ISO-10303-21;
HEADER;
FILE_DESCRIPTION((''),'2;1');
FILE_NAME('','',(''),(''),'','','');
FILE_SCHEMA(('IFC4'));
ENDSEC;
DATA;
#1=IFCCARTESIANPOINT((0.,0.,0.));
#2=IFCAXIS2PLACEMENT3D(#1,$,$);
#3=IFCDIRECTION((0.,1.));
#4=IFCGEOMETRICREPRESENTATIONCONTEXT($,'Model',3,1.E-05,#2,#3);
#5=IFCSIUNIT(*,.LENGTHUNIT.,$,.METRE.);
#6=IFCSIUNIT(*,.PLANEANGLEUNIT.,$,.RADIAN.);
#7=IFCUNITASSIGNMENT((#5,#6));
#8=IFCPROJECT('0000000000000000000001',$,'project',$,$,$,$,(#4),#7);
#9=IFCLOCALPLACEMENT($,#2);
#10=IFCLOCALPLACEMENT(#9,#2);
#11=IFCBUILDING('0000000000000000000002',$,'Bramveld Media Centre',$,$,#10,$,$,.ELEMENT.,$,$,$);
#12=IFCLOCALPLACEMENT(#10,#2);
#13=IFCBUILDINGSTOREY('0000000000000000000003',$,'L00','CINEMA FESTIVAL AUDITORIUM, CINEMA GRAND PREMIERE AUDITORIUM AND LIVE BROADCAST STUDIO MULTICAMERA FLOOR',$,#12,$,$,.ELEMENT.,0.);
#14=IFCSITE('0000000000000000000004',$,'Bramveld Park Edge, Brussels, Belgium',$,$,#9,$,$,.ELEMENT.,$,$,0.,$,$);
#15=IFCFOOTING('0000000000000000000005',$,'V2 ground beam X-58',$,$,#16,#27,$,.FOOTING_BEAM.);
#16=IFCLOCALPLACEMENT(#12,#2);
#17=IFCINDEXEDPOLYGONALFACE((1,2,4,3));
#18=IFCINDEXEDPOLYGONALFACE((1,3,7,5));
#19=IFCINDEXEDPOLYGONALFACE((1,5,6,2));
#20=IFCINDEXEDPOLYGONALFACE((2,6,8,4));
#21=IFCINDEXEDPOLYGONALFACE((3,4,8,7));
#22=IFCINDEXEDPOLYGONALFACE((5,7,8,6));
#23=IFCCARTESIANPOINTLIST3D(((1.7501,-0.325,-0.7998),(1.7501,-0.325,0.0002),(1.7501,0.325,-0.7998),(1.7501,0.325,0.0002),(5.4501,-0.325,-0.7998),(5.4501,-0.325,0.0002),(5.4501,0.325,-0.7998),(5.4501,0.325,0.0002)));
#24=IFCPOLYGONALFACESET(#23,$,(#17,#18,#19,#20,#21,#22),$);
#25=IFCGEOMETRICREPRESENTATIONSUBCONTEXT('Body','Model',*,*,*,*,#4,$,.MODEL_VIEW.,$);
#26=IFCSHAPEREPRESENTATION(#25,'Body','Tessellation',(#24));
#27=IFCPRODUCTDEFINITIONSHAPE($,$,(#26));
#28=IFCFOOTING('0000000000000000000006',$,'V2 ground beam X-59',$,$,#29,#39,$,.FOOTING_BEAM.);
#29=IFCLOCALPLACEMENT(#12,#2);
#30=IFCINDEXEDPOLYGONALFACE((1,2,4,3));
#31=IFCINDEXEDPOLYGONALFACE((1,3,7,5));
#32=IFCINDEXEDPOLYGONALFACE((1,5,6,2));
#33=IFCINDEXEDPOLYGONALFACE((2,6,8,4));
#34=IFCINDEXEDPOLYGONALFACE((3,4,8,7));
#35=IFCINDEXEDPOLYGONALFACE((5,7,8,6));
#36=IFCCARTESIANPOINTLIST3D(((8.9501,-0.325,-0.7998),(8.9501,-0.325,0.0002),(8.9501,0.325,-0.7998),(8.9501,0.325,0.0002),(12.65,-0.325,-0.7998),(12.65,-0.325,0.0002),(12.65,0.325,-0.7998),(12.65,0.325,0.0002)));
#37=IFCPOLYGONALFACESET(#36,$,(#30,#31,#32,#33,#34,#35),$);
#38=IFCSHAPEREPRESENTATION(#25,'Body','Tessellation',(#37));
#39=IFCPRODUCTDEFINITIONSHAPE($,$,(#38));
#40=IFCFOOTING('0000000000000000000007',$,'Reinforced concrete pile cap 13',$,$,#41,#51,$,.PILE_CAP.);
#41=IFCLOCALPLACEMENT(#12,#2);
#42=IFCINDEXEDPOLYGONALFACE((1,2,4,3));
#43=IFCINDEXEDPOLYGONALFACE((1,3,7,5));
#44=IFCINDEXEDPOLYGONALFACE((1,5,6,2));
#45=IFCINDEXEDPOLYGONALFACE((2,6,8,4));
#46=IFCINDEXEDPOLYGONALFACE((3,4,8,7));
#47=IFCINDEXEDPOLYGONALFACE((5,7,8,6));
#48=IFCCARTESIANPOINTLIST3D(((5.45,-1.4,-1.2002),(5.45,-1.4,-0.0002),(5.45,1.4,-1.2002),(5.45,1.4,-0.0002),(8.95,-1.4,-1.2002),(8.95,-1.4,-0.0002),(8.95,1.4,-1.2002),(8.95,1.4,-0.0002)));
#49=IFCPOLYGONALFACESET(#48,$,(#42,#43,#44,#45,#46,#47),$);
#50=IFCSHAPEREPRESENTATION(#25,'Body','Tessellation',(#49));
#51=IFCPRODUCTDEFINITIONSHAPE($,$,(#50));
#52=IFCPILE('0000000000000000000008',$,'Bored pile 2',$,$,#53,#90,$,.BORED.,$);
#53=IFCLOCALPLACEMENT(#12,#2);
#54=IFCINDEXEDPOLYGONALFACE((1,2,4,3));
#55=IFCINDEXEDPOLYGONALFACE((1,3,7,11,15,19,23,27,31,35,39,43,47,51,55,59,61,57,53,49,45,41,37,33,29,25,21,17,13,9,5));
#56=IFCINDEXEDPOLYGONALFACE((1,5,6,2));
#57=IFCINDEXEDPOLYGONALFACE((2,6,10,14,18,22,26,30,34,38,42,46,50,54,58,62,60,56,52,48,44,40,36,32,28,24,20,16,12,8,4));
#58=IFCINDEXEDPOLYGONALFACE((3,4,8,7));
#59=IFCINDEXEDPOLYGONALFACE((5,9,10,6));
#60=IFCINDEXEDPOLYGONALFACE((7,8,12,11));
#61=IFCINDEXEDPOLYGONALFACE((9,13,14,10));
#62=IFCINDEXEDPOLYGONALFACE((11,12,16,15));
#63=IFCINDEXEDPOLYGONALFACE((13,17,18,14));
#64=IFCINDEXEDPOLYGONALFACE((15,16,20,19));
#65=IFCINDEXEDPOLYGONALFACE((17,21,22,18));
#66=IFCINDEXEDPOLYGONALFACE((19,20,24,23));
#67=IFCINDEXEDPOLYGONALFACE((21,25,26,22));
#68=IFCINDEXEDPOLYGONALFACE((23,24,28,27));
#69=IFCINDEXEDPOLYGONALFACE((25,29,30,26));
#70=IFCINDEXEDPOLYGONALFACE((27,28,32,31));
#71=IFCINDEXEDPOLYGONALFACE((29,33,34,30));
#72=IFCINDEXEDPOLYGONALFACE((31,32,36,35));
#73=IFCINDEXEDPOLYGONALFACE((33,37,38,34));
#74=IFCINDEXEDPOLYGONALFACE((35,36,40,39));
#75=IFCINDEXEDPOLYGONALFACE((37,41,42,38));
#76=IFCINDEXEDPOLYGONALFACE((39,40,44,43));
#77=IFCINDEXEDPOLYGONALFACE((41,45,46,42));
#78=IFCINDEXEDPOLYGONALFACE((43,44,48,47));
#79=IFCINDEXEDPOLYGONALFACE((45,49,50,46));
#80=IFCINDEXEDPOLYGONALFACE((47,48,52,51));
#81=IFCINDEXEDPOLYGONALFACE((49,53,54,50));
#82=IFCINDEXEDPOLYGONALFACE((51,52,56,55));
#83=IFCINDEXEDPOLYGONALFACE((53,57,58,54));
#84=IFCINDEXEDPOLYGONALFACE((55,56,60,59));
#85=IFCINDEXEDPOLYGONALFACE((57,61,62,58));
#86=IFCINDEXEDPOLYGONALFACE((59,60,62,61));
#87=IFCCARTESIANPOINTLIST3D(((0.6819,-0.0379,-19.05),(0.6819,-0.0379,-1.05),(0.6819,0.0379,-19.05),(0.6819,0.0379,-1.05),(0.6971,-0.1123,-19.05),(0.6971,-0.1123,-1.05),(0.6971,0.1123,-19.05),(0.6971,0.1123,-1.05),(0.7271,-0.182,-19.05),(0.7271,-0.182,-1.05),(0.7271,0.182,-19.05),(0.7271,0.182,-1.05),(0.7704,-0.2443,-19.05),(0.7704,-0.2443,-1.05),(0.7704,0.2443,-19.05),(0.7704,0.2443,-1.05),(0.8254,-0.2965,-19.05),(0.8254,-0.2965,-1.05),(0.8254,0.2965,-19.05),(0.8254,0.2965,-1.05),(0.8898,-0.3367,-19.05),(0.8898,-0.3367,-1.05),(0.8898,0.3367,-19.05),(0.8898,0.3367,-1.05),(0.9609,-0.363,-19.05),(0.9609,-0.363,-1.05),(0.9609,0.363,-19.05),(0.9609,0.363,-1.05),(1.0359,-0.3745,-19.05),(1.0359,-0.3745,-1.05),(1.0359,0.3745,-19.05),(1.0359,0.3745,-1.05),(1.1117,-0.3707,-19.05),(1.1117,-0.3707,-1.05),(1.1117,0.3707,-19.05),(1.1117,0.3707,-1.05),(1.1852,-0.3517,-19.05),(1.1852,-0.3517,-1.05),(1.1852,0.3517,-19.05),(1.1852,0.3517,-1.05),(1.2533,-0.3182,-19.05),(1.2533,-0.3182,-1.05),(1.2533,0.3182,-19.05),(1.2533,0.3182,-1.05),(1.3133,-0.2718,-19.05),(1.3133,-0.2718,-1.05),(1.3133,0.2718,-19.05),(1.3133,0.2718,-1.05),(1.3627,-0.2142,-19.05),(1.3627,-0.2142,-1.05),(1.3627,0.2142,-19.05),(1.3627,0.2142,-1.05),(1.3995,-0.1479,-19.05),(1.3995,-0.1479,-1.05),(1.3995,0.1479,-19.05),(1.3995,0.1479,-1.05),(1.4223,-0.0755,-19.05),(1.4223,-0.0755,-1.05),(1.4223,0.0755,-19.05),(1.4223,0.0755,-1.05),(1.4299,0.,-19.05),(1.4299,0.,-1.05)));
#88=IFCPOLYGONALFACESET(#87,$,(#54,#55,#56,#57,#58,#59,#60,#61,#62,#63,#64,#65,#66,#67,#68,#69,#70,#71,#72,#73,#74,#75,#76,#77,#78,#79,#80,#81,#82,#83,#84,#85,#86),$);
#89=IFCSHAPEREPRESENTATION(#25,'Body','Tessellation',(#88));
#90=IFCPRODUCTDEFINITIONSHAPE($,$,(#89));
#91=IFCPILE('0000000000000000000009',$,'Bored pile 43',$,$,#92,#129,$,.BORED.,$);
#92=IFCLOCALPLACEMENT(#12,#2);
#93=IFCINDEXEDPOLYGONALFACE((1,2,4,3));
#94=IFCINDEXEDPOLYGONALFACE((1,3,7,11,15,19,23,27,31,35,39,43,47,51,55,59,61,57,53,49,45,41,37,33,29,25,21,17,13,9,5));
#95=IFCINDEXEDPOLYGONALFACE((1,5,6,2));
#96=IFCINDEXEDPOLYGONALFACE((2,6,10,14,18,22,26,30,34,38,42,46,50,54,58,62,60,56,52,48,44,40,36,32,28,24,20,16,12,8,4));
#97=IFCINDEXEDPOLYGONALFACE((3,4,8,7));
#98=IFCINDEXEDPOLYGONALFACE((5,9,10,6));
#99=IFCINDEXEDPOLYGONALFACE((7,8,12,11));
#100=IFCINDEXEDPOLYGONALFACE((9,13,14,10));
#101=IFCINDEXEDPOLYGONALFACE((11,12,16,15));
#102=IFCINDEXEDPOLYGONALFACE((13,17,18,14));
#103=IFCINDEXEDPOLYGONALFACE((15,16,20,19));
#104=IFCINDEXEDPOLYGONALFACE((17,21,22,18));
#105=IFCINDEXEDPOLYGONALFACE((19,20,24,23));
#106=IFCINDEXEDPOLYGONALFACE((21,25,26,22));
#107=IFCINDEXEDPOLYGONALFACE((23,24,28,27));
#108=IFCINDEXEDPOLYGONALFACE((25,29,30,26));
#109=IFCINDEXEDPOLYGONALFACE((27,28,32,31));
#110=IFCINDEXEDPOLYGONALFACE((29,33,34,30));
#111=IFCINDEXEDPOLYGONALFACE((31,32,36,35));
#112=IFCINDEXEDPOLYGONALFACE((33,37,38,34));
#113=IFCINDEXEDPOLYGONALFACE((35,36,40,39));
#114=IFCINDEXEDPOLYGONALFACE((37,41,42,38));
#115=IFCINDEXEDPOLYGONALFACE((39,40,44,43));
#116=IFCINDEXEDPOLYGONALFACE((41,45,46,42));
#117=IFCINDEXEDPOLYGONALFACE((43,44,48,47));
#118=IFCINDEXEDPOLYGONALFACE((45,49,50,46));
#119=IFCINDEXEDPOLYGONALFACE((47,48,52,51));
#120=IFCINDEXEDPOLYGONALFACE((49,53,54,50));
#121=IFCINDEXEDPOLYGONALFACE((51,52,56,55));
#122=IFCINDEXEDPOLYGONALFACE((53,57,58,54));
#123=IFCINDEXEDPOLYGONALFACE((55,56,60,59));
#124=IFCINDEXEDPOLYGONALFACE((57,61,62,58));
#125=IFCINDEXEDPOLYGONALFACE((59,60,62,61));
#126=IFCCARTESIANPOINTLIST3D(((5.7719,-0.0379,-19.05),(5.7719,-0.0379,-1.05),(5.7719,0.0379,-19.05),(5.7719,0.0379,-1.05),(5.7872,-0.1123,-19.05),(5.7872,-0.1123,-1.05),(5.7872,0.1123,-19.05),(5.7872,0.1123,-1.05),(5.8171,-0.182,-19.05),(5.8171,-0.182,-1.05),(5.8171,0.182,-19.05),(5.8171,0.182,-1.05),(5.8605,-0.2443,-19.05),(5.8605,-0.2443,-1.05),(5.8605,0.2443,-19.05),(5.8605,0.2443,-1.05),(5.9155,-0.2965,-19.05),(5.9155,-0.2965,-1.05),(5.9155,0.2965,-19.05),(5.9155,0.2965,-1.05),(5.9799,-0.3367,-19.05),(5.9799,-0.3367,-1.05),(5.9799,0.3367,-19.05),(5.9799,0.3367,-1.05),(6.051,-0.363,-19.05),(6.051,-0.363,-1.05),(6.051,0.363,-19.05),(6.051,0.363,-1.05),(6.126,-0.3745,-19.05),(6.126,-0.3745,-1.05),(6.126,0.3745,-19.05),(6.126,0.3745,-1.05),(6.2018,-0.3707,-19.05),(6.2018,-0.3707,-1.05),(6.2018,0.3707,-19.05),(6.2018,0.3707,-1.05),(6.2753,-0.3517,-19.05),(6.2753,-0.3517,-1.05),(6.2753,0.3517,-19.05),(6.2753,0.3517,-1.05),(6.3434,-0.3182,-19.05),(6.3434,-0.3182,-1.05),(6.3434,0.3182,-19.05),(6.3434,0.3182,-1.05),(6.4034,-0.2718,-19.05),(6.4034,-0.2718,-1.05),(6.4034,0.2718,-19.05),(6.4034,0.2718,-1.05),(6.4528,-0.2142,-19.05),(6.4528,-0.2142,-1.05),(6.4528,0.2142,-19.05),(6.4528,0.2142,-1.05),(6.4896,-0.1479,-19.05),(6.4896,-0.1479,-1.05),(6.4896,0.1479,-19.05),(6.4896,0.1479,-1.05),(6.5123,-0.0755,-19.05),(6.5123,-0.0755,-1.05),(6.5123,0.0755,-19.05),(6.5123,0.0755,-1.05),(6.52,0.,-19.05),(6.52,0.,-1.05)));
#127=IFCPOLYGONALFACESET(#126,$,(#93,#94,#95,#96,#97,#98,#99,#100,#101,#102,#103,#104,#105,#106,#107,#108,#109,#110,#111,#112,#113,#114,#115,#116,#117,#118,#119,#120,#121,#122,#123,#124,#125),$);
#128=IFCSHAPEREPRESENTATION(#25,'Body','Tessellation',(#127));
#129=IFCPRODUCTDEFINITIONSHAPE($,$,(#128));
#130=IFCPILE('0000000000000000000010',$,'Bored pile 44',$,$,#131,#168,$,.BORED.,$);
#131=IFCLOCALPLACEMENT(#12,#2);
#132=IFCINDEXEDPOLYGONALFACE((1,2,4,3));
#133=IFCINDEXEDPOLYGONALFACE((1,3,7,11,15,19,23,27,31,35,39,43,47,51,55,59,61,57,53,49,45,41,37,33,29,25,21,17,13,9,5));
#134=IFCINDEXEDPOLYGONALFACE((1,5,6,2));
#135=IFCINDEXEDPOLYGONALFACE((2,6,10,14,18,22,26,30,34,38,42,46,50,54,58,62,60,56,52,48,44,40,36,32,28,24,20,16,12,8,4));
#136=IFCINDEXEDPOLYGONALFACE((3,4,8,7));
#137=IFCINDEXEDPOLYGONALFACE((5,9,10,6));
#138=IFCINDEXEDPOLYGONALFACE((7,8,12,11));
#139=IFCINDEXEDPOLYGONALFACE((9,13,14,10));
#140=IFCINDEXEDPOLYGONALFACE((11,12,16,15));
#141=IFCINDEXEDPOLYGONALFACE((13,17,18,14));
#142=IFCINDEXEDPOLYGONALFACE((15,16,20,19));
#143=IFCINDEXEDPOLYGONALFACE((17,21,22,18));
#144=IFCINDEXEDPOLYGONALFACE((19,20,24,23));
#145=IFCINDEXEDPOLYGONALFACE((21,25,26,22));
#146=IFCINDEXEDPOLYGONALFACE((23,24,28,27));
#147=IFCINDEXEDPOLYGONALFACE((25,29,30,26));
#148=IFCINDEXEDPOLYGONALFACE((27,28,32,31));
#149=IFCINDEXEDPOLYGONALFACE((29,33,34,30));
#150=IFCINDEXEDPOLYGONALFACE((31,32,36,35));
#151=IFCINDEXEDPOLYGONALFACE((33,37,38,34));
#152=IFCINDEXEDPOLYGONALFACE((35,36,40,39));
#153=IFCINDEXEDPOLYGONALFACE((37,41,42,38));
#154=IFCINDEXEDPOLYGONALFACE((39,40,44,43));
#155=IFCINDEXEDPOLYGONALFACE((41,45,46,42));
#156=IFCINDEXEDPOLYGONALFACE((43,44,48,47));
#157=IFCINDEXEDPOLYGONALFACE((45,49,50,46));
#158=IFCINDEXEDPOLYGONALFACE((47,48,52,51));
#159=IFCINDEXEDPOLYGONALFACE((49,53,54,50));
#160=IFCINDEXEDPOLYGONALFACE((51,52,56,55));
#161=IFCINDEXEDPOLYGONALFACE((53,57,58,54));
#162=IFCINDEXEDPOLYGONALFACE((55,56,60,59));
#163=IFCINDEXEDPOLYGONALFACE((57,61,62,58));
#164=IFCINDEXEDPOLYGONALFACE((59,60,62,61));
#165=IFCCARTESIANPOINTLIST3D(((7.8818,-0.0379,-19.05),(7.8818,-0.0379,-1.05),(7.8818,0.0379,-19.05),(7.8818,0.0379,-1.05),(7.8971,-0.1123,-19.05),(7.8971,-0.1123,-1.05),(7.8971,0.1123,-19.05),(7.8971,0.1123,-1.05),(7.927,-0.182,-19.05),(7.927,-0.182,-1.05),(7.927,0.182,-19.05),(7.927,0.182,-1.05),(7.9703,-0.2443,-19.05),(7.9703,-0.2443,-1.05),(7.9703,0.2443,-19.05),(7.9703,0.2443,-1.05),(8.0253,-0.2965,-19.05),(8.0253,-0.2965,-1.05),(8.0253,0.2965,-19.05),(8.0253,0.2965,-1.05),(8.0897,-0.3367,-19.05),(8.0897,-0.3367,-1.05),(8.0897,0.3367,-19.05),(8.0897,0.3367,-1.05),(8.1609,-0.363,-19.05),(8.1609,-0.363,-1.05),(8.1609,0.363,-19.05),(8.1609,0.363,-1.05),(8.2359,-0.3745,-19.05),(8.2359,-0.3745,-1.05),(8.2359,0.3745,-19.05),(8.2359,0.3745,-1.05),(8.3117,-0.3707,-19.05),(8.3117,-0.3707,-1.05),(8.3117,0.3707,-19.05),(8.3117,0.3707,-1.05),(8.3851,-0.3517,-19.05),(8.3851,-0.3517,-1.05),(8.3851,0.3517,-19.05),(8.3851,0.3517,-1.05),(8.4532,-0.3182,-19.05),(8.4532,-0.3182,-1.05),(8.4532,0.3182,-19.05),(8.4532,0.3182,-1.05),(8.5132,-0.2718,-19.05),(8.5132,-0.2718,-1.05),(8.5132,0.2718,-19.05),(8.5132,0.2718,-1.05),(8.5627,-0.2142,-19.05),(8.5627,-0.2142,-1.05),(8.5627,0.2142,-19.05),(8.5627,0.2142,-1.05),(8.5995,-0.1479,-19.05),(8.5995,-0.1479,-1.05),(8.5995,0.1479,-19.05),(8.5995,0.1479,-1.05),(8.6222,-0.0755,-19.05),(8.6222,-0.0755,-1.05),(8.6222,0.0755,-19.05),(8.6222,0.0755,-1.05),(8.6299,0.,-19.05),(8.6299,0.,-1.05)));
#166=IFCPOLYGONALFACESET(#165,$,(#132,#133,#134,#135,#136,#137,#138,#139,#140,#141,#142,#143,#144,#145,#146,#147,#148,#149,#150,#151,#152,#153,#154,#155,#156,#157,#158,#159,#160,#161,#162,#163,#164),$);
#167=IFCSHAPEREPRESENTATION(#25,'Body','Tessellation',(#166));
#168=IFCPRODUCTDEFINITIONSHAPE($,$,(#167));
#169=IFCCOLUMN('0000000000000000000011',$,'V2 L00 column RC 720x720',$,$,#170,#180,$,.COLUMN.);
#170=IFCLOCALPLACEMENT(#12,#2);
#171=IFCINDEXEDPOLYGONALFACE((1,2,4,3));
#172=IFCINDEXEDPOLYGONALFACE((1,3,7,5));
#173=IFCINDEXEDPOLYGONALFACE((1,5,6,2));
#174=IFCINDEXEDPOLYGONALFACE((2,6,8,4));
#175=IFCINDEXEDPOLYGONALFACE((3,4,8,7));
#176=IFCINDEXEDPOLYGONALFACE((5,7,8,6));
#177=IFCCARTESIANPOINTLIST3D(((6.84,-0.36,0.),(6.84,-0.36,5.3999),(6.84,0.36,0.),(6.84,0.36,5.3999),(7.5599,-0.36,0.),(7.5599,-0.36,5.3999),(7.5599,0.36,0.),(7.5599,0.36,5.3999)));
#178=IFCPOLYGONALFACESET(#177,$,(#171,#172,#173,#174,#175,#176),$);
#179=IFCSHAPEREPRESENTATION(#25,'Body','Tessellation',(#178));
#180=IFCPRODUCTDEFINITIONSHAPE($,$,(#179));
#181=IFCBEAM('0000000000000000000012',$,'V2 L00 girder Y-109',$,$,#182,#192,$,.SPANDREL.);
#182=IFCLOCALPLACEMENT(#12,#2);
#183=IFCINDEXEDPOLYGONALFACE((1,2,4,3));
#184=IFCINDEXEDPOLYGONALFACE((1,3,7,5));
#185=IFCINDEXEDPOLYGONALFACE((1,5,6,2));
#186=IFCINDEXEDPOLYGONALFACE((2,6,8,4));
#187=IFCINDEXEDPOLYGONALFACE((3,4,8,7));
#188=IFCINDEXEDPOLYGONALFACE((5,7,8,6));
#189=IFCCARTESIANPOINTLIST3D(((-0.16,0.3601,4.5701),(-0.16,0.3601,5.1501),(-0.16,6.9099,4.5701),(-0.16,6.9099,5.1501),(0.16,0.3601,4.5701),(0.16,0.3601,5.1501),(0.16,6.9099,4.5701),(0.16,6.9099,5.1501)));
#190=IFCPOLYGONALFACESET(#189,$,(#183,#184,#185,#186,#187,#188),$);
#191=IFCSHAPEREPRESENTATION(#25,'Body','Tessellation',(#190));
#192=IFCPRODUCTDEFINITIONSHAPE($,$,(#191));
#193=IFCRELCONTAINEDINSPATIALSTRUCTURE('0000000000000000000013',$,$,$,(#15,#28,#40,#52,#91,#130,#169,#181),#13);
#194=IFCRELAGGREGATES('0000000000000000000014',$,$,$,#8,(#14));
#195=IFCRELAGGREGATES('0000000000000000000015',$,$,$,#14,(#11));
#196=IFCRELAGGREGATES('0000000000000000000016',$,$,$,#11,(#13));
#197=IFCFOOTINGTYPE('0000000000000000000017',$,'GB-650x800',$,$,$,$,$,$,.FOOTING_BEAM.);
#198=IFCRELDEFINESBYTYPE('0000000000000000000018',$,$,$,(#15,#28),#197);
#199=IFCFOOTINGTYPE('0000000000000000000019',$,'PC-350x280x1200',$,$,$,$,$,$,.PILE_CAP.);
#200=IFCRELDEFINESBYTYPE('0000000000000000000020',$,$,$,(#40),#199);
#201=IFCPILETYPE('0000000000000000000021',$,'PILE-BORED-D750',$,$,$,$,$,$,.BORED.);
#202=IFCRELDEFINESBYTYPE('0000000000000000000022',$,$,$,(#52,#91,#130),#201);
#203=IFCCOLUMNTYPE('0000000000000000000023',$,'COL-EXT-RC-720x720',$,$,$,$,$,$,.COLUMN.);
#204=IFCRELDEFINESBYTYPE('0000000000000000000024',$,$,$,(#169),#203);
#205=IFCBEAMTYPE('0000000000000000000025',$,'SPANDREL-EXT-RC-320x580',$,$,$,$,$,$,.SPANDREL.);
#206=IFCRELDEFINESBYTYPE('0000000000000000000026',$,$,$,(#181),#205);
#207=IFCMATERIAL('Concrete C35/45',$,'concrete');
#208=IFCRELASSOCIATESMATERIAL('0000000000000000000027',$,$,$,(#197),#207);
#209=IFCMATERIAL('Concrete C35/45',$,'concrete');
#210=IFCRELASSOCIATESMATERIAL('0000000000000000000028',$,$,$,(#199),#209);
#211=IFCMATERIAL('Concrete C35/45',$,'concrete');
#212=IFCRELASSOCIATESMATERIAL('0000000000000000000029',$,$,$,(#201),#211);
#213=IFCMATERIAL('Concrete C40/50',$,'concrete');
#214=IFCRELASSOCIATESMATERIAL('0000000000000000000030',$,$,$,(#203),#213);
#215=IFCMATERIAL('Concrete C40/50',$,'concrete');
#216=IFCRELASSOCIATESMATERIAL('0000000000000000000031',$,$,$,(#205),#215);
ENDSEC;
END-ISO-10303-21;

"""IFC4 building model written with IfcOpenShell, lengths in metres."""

from ifc_helpers import new_model, si_unit, direction, frame, origin, origin_2d, place, context, subcontext, project, spatial, rectangle, circle, extrude, material, material_profile, profile_set, type_object, element, save


model = new_model("IFC4")

# Units and contexts
model_context = context("Model", 3, precision=1e-05, world=origin(), true_north=direction((0.0, 1.0)))
body_context = subcontext(model_context, "Body", "Model", "MODEL_VIEW")
ifc_project = project(units=[si_unit("LENGTHUNIT", "METRE"), si_unit("PLANEANGLEUNIT", "RADIAN")], contexts=[model_context])

# Site, building, storey
site_placement = place(None, origin())
site = spatial("IfcSite", under=ifc_project, at=site_placement, Name="Bramveld Park Edge, Brussels, Belgium", CompositionType="ELEMENT", RefElevation=0.0)
building_placement = place(site_placement, origin())
building = spatial("IfcBuilding", under=site, at=building_placement, Name="Bramveld Media Centre", CompositionType="ELEMENT")
storey_placement = place(building_placement, origin())
storey = spatial("IfcBuildingStorey", under=building, at=storey_placement, Name="L00", Description="CINEMA FESTIVAL AUDITORIUM, CINEMA GRAND PREMIERE AUDITORIUM AND LIVE BROADCAST STUDIO MULTICAMERA FLOOR", CompositionType="ELEMENT", Elevation=0.0)

# Footings
ifc_material_1 = material(Name="Concrete C35/45", Category="concrete")
footing_type_1 = type_object("IfcFootingType", Name="GB-650x800", PredefinedType="FOOTING_BEAM", material=ifc_material_1)
for number, where, z_axis, x_axis, name in (
    (1, (3.6001, 0.0, -0.7998), (0.0, 0.0, 1.0), (1.0, 0.0, 0.0), "V2 ground beam X-58"),
    (2, (10.8, 0.0, -0.7998), (0.0, 0.0, 1.0), (1.0, 0.0, 0.0), "V2 ground beam X-59"),
):
    element("IfcFooting", number, at=place(storey_placement, frame(where, z_axis=z_axis, x_axis=x_axis)), inside=storey, type_object=footing_type_1, Name=name, PredefinedType="FOOTING_BEAM", context=body_context, shape_type="SweptSolid", body=[
        extrude(rectangle(XDim=3.7, YDim=0.6499, at=origin_2d()), origin(), (0.0, 0.0, 1.0), 0.8),
    ])
ifc_material_2 = material(Name="Concrete C35/45", Category="concrete")
footing_type_2 = type_object("IfcFootingType", Name="PC-350x280x1200", PredefinedType="PILE_CAP", material=ifc_material_2)
footing_placement = place(storey_placement, frame((7.2, 0.0, -1.2002), z_axis=(0.0, 0.0, 1.0), x_axis=(1.0, 0.0, 0.0)))
element("IfcFooting", 3, at=footing_placement, inside=storey, type_object=footing_type_2, Name="Reinforced concrete pile cap 13", PredefinedType="PILE_CAP", context=body_context, shape_type="SweptSolid", body=[
    extrude(rectangle(XDim=3.5, YDim=2.8, at=origin_2d()), origin(), (0.0, 0.0, 1.0), 1.2),
])

# Piles
ifc_material_3 = material(Name="Concrete C35/45", Category="concrete")
ifc_material_profile_1 = material_profile(ifc_material_3, circle(Radius=0.375, at=origin_2d()), Name="BORED D750")
ifc_profile_set_1 = profile_set([ifc_material_profile_1], Name="Concrete C35/45")
pile_type = type_object("IfcPileType", Name="PILE-BORED-D750", PredefinedType="BORED", material=ifc_profile_set_1)
for number, where, z_axis, x_axis, name in (
    (4, (1.0549, 0.0, -1.05), (0.0, 0.0, -1.0), (1.0, 0.0, 0.0), "Bored pile 2"),
    (5, (6.145, 0.0, -1.05), (0.0, 0.0, -1.0), (1.0, 0.0, 0.0), "Bored pile 43"),
    (6, (8.2549, 0.0, -1.05), (0.0, 0.0, -1.0), (1.0, 0.0, 0.0), "Bored pile 44"),
):
    element("IfcPile", number, at=place(storey_placement, frame(where, z_axis=z_axis, x_axis=x_axis)), inside=storey, type_object=pile_type, Name=name, PredefinedType="BORED", context=body_context, shape_type="SweptSolid", body=[
        extrude(circle(Radius=0.375, at=origin_2d()), origin(), (0.0, 0.0, 1.0), 18.0),
    ])

# Column
ifc_material_4 = material(Name="Concrete C40/50", Category="concrete")
ifc_material_profile_2 = material_profile(ifc_material_4, rectangle(XDim=0.72, YDim=0.72, at=origin_2d()), Name="RC 720x720")
ifc_profile_set_2 = profile_set([ifc_material_profile_2], Name="Concrete C40/50")
column_type = type_object("IfcColumnType", Name="COL-EXT-RC-720x720", PredefinedType="COLUMN", material=ifc_profile_set_2)
column_placement = place(storey_placement, frame((7.2, 0.0, 0.0), z_axis=(0.0, 0.0, 1.0), x_axis=(1.0, 0.0, 0.0)))
element("IfcColumn", 7, at=column_placement, inside=storey, type_object=column_type, Name="V2 L00 column RC 720x720", PredefinedType="COLUMN", context=body_context, shape_type="SweptSolid", body=[
    extrude(rectangle(XDim=0.72, YDim=0.72, at=origin_2d()), origin(), (0.0, 0.0, 1.0), 5.3999),
])

# Beam
ifc_material_5 = material(Name="Concrete C40/50", Category="concrete")
ifc_material_profile_3 = material_profile(ifc_material_5, rectangle(XDim=0.3201, YDim=0.5801, at=origin_2d()), Name="RC 320x580")
ifc_profile_set_3 = profile_set([ifc_material_profile_3], Name="Concrete C40/50")
beam_type = type_object("IfcBeamType", Name="SPANDREL-EXT-RC-320x580", PredefinedType="SPANDREL", material=ifc_profile_set_3)
beam_placement = place(storey_placement, frame((0.0, 0.3601, 4.8601), z_axis=(0.0, 1.0, 0.0), x_axis=(-1.0, 0.0, 0.0)))
element("IfcBeam", 8, at=beam_placement, inside=storey, type_object=beam_type, Name="V2 L00 girder Y-109", PredefinedType="SPANDREL", context=body_context, shape_type="SweptSolid", body=[
    extrude(rectangle(XDim=0.3201, YDim=0.5801, at=origin_2d()), origin(), (0.0, 0.0, 1.0), 6.5498),
])

save(model, "model.ifc")
